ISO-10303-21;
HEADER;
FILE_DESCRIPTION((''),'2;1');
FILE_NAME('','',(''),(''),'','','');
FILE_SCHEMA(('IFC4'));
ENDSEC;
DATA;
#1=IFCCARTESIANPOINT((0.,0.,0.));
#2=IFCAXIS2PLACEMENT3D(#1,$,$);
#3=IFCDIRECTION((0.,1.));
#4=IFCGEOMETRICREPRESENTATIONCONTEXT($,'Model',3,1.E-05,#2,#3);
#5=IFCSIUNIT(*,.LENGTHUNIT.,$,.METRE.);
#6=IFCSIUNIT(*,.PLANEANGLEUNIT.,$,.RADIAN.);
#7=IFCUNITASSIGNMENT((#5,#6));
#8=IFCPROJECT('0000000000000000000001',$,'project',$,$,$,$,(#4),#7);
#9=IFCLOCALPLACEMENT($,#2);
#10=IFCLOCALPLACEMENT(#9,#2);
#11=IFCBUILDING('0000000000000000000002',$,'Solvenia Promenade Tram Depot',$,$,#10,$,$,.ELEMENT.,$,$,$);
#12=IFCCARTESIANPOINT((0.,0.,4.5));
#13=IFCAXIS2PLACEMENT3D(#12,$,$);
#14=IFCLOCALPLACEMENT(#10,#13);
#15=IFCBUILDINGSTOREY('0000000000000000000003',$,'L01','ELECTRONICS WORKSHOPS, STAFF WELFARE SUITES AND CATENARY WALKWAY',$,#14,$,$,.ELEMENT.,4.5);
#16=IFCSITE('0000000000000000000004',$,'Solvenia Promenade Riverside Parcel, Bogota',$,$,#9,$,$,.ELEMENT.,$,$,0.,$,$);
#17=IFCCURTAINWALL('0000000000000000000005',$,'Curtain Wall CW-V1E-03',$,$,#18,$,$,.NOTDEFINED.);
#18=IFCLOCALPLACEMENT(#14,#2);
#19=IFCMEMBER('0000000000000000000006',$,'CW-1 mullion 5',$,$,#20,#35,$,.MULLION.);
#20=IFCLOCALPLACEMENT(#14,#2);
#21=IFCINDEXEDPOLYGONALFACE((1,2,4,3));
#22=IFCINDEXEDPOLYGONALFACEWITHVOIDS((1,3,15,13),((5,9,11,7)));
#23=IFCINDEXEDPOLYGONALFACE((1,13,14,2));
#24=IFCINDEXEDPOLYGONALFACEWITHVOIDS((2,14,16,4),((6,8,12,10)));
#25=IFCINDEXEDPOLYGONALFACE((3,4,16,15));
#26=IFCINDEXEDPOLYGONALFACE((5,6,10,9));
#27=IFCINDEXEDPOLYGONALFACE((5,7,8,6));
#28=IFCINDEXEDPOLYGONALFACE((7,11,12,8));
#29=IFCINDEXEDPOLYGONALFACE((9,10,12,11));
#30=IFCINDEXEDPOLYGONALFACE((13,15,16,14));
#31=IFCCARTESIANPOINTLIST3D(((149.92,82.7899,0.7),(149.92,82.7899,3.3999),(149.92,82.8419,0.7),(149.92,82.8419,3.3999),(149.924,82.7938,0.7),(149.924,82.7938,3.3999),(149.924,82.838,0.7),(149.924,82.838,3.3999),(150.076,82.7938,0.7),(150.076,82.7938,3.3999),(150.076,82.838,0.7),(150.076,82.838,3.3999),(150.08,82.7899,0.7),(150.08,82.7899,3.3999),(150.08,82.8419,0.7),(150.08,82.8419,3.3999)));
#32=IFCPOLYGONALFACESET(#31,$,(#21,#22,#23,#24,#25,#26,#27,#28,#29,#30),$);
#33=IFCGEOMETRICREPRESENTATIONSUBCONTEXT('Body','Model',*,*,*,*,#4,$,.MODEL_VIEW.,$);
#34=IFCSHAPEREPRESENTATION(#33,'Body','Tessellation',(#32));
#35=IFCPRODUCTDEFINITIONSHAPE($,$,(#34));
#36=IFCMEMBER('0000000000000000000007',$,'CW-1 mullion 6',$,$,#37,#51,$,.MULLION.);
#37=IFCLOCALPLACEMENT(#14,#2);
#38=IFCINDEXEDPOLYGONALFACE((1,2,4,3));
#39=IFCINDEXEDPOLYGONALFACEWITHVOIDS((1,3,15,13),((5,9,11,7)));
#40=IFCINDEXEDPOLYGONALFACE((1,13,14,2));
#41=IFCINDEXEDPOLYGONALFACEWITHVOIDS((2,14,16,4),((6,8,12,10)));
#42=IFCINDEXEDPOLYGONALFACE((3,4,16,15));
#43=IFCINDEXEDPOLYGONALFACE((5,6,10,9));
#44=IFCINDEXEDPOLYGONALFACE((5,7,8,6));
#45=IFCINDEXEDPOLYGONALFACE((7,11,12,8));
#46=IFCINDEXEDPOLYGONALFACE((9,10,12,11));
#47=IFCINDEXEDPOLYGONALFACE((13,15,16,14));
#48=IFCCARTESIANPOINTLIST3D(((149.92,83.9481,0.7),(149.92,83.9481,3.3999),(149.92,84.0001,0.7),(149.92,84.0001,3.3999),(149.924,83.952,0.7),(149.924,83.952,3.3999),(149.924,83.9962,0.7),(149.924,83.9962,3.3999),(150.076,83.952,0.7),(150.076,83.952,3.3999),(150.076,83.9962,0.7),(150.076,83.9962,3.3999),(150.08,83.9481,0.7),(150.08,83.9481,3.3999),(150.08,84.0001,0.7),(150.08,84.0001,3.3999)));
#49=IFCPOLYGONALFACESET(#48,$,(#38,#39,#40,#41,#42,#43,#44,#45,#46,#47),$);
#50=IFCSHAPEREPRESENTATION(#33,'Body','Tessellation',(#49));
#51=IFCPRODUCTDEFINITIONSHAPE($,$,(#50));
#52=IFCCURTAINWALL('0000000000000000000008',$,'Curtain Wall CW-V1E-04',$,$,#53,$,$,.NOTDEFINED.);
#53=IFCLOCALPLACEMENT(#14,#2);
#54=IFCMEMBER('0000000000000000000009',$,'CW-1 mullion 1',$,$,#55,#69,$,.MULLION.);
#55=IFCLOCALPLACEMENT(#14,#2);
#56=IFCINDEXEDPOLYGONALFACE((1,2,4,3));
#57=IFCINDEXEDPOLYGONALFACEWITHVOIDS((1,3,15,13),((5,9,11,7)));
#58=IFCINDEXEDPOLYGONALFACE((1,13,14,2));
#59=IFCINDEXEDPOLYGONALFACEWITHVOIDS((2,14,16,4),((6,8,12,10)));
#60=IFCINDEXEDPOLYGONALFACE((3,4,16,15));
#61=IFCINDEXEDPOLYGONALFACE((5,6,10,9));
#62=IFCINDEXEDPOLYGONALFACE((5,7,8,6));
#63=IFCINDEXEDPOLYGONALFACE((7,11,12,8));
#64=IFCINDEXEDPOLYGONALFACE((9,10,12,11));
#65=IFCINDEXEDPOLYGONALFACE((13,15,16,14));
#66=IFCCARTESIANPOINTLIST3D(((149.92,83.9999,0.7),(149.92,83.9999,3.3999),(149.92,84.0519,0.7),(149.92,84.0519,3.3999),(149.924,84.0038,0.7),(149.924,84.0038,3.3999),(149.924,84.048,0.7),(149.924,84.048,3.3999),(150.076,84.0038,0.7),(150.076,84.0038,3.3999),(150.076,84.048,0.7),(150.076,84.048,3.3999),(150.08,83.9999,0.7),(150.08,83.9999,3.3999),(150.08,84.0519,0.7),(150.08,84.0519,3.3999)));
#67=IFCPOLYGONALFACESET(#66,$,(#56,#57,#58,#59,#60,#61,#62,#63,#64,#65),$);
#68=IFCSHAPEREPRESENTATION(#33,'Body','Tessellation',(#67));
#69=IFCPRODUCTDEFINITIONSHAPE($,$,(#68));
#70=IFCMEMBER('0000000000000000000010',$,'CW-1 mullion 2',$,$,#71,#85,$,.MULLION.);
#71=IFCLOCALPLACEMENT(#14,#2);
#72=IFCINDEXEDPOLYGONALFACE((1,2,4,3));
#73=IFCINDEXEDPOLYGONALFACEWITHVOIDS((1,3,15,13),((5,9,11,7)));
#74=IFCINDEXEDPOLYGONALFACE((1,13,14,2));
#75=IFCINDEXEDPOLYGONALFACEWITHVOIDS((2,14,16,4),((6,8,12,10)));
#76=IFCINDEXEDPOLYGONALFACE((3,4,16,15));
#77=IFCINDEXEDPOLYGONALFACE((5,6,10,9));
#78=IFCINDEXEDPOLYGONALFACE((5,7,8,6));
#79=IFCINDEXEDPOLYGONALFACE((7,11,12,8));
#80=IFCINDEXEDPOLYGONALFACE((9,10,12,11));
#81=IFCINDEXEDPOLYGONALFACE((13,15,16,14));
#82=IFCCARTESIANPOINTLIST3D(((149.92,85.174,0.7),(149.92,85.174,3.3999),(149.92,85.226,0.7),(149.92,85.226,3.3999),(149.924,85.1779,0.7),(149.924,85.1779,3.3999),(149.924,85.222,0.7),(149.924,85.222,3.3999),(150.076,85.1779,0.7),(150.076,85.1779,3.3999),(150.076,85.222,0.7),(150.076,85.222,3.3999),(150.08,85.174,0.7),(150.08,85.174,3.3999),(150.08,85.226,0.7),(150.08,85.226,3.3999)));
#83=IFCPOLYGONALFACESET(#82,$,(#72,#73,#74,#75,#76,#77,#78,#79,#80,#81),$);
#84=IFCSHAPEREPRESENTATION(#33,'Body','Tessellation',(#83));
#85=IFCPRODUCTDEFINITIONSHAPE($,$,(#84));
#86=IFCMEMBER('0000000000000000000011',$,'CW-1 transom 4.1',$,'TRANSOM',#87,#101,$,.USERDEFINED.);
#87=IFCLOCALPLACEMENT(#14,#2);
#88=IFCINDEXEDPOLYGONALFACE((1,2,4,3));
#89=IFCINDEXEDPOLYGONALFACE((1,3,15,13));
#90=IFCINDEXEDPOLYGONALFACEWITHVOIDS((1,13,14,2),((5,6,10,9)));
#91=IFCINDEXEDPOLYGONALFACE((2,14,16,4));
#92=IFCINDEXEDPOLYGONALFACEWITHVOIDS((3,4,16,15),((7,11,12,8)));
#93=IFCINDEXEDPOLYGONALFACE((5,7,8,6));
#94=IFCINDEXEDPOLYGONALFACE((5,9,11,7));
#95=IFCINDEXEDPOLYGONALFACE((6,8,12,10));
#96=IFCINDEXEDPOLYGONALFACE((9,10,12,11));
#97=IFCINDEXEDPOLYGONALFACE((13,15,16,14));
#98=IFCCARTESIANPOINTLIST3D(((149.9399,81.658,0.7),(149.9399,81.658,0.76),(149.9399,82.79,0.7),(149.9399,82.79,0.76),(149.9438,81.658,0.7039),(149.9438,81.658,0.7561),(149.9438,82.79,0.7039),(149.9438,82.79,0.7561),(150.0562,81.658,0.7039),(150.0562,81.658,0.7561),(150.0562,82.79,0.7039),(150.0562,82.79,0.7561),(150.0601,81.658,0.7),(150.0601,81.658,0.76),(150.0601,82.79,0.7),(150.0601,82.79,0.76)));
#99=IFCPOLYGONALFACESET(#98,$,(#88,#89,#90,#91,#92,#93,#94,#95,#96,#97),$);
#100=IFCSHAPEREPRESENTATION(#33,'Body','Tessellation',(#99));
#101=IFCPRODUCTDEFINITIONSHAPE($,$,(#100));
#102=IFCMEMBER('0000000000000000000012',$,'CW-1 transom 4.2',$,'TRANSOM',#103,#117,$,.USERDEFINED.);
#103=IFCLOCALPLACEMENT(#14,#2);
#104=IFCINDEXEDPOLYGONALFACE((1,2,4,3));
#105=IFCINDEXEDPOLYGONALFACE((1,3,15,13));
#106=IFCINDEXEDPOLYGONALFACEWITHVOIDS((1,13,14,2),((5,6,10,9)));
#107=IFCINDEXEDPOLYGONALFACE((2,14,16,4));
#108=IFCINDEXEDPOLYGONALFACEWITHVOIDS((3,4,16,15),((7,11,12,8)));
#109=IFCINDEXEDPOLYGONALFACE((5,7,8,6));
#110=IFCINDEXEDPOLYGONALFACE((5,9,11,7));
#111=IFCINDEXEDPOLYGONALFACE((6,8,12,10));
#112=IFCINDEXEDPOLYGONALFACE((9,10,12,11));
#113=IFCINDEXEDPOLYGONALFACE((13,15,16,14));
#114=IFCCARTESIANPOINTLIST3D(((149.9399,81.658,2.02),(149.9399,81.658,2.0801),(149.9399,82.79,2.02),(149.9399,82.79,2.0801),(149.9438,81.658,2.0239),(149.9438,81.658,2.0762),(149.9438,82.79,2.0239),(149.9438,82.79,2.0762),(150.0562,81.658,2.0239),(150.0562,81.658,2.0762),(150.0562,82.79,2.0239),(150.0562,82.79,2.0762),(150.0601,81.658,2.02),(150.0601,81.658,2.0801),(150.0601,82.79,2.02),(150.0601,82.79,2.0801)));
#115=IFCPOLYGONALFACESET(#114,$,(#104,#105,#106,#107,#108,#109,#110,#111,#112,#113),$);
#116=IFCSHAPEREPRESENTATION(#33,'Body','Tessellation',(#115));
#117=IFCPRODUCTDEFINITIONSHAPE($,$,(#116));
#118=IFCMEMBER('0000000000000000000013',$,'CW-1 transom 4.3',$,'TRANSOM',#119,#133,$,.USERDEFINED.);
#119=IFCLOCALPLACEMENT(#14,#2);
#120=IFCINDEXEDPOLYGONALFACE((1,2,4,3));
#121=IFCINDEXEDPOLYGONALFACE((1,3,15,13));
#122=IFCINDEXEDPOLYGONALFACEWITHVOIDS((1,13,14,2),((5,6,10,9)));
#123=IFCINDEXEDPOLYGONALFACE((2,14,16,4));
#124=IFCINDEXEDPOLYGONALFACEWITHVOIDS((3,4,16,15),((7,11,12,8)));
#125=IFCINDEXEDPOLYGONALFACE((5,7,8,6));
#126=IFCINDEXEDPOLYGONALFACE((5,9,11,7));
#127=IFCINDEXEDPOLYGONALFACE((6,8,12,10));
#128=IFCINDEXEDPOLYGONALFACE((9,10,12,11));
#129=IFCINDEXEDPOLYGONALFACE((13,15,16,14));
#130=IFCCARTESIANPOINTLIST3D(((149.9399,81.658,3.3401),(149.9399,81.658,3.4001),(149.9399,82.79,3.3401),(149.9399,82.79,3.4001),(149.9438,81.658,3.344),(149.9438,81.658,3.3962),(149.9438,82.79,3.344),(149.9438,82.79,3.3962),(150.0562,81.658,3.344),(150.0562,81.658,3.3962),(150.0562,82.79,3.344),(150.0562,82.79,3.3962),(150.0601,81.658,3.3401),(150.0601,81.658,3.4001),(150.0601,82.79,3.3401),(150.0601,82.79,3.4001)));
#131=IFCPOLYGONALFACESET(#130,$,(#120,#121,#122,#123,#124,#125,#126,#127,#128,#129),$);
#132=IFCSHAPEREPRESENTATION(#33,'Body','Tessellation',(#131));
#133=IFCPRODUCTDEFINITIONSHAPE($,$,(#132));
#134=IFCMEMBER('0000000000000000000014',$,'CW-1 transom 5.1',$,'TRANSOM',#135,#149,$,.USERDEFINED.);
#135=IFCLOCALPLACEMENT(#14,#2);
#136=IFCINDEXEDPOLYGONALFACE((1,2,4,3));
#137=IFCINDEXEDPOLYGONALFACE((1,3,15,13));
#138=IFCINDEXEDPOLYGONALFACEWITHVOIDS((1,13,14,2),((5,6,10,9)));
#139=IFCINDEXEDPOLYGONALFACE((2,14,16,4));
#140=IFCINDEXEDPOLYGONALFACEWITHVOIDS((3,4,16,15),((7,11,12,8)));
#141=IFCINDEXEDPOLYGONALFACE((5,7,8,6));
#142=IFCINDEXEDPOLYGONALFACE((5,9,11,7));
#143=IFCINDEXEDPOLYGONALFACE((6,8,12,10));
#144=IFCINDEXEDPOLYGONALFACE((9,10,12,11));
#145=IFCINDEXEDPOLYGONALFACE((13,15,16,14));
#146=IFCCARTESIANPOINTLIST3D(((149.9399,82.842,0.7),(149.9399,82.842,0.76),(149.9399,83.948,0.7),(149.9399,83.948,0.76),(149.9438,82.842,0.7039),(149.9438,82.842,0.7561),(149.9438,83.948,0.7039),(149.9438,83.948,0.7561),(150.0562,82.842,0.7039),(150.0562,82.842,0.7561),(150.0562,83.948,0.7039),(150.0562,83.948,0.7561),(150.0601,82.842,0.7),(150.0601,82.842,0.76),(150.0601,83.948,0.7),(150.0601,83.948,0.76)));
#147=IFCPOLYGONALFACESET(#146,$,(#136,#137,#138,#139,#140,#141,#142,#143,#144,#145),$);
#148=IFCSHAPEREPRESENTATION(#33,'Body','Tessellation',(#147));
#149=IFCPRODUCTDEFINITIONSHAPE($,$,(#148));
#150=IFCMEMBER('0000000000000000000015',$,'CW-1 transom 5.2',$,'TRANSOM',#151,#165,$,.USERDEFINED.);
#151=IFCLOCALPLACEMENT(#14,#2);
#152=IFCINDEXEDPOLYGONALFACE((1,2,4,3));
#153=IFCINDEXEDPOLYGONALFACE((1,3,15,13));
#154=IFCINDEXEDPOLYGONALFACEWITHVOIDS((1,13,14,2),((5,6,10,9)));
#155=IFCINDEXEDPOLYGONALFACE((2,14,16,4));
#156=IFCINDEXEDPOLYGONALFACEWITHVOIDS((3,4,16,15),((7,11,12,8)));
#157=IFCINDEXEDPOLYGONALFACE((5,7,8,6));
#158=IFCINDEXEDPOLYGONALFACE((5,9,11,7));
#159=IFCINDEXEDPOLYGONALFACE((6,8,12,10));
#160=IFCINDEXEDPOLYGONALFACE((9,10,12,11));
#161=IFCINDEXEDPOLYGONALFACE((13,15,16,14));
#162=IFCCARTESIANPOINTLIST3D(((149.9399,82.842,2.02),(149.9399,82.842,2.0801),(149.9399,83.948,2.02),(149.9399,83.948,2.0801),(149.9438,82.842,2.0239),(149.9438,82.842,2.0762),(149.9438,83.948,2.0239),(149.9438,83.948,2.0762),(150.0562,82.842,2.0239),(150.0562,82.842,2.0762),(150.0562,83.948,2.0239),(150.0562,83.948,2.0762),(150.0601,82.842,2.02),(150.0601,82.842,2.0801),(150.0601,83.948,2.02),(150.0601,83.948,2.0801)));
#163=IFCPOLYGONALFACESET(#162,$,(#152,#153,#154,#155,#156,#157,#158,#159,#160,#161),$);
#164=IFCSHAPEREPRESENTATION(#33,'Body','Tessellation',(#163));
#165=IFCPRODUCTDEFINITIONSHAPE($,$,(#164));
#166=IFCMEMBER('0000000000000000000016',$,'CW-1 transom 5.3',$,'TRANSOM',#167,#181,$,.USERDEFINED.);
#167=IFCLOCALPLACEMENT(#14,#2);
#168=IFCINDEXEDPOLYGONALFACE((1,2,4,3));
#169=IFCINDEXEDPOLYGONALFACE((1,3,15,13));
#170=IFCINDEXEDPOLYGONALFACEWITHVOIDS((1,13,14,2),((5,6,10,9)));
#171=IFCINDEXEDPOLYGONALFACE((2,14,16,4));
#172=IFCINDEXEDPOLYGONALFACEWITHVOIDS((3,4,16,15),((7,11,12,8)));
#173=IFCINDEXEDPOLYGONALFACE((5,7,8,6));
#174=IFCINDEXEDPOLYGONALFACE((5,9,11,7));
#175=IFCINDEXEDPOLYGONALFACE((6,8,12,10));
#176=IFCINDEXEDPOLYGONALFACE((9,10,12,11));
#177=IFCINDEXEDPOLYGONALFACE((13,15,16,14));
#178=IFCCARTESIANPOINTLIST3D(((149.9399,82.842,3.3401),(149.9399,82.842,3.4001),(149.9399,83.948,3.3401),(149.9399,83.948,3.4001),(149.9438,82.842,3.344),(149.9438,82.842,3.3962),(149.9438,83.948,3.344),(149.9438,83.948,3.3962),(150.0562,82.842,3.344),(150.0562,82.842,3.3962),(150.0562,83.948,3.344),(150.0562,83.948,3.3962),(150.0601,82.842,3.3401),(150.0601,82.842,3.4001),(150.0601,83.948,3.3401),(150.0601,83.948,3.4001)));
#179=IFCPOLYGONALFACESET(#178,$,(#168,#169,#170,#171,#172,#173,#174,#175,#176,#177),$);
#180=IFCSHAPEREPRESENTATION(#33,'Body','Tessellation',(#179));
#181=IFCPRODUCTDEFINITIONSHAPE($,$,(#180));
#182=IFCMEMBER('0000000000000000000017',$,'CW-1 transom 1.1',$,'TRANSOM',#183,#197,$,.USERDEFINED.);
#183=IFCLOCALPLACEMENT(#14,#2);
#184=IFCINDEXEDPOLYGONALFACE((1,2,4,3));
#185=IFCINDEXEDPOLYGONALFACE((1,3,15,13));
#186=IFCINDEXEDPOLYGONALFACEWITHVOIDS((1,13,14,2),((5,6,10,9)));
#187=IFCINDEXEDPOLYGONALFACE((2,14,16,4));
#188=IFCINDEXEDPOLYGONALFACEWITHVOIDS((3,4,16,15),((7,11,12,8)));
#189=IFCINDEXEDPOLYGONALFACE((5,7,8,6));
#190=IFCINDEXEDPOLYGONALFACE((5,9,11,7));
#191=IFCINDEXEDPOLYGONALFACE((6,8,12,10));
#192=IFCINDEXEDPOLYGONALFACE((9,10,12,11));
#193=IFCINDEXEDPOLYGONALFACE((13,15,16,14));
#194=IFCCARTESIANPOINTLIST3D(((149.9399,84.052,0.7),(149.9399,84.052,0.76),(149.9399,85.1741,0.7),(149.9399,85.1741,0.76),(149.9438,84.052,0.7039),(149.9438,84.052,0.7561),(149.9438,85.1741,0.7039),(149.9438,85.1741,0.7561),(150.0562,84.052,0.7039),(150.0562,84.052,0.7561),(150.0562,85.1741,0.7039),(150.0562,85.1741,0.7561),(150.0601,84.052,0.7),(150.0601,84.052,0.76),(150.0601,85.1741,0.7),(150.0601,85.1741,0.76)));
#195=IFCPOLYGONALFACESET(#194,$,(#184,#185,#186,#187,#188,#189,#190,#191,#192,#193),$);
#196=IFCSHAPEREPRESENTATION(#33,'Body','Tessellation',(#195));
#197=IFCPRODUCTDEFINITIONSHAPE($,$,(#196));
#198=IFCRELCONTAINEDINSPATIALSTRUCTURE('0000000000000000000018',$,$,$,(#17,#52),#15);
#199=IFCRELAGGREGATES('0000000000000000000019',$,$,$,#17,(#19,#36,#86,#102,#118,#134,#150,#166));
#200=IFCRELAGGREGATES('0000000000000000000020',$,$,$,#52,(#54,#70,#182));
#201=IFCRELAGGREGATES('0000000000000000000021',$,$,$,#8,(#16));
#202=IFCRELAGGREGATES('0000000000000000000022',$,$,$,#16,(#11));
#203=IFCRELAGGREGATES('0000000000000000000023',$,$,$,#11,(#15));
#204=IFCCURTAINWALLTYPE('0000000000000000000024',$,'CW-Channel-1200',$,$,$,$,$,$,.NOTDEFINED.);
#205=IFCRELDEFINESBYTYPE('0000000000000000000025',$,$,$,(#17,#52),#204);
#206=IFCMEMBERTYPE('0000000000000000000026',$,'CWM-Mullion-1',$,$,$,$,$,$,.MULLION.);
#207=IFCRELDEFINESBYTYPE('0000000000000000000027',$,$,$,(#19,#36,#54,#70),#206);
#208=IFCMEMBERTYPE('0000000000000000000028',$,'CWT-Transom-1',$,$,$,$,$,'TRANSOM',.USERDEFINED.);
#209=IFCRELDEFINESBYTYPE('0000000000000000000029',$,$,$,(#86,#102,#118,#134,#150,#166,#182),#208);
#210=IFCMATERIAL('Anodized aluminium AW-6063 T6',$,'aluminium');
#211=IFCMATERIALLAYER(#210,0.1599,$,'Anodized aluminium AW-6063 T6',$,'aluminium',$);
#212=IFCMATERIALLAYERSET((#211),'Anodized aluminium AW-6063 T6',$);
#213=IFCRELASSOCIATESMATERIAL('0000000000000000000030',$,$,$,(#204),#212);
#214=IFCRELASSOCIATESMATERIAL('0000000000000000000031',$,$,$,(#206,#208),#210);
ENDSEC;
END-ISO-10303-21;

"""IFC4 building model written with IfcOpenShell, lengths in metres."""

from ifc_helpers import new_model, si_unit, direction, frame, origin, origin_2d, place, context, subcontext, project, spatial, hollow_rectangle, extrude, material, layer, layer_set, material_profile, profile_set, type_object, element, aggregate, save


model = new_model("IFC4")

# Units and contexts
model_context = context("Model", 3, precision=1e-05, world=origin(), true_north=direction((0.0, 1.0)))
body_context = subcontext(model_context, "Body", "Model", "MODEL_VIEW")
ifc_project = project(units=[si_unit("LENGTHUNIT", "METRE"), si_unit("PLANEANGLEUNIT", "RADIAN")], contexts=[model_context])

# Site, building, storey
site_placement = place(None, origin())
site = spatial("IfcSite", under=ifc_project, at=site_placement, Name="Solvenia Promenade Riverside Parcel, Bogota", CompositionType="ELEMENT", RefElevation=0.0)
building_placement = place(site_placement, origin())
building = spatial("IfcBuilding", under=site, at=building_placement, Name="Solvenia Promenade Tram Depot", CompositionType="ELEMENT")
storey_placement = place(building_placement, frame((0.0, 0.0, 4.5)))
storey = spatial("IfcBuildingStorey", under=building, at=storey_placement, Name="L01", Description="ELECTRONICS WORKSHOPS, STAFF WELFARE SUITES AND CATENARY WALKWAY", CompositionType="ELEMENT", Elevation=4.5)

# Curtain walls, members
ifc_material_1 = material(Name="Anodized aluminium AW-6063 T6", Category="aluminium")
ifc_layer_1 = layer(ifc_material_1, 0.1599, Name="Anodized aluminium AW-6063 T6", Category="aluminium")
ifc_layer_set_1 = layer_set([ifc_layer_1], Name="Anodized aluminium AW-6063 T6")
curtain_wall_type = type_object("IfcCurtainWallType", Name="CW-Channel-1200", PredefinedType="NOTDEFINED", material=ifc_layer_set_1)
curtain_wall_1_placement = place(storey_placement, origin())
curtain_wall_1 = element("IfcCurtainWall", 1, at=curtain_wall_1_placement, inside=storey, type_object=curtain_wall_type, Name="Curtain Wall CW-V1E-03", PredefinedType="NOTDEFINED")
ifc_material_profile_1 = material_profile(ifc_material_1, hollow_rectangle(XDim=0.1599, YDim=0.052, WallThickness=0.0039, at=origin_2d()), Name="ALU-M1", Category="aluminium")
ifc_profile_set_1 = profile_set([ifc_material_profile_1], Name="Anodized aluminium AW-6063 T6")
member_type_1 = type_object("IfcMemberType", Name="CWM-Mullion-1", PredefinedType="MULLION", material=ifc_profile_set_1)
member_1_placement = place(storey_placement, frame((150.0, 82.8159, 0.7), z_axis=(0.0, 0.0, 1.0), x_axis=(-1.0, 0.0, 0.0)))
member_1 = element("IfcMember", 2, at=member_1_placement, type_object=member_type_1, Name="CW-1 mullion 5", PredefinedType="MULLION", context=body_context, shape_type="SweptSolid", body=[
    extrude(hollow_rectangle(XDim=0.1599, YDim=0.052, WallThickness=0.0039, at=origin_2d()), origin(), (0.0, 0.0, 1.0), 2.7),
])
member_2_placement = place(storey_placement, frame((150.0, 83.9741, 0.7), z_axis=(0.0, 0.0, 1.0), x_axis=(-1.0, 0.0, 0.0)))
member_2 = element("IfcMember", 3, at=member_2_placement, type_object=member_type_1, Name="CW-1 mullion 6", PredefinedType="MULLION", context=body_context, shape_type="SweptSolid", body=[
    extrude(hollow_rectangle(XDim=0.1599, YDim=0.052, WallThickness=0.0039, at=origin_2d()), origin(), (0.0, 0.0, 1.0), 2.7),
])
curtain_wall_2_placement = place(storey_placement, origin())
curtain_wall_2 = element("IfcCurtainWall", 4, at=curtain_wall_2_placement, inside=storey, type_object=curtain_wall_type, Name="Curtain Wall CW-V1E-04", PredefinedType="NOTDEFINED")
member_3_placement = place(storey_placement, frame((150.0, 84.0259, 0.7), z_axis=(0.0, 0.0, 1.0), x_axis=(-1.0, 0.0, 0.0)))
member_3 = element("IfcMember", 5, at=member_3_placement, type_object=member_type_1, Name="CW-1 mullion 1", PredefinedType="MULLION", context=body_context, shape_type="SweptSolid", body=[
    extrude(hollow_rectangle(XDim=0.1599, YDim=0.052, WallThickness=0.0039, at=origin_2d()), origin(), (0.0, 0.0, 1.0), 2.7),
])
member_4_placement = place(storey_placement, frame((150.0, 85.2, 0.7), z_axis=(0.0, 0.0, 1.0), x_axis=(-1.0, 0.0, 0.0)))
member_4 = element("IfcMember", 6, at=member_4_placement, type_object=member_type_1, Name="CW-1 mullion 2", PredefinedType="MULLION", context=body_context, shape_type="SweptSolid", body=[
    extrude(hollow_rectangle(XDim=0.1599, YDim=0.052, WallThickness=0.0039, at=origin_2d()), origin(), (0.0, 0.0, 1.0), 2.7),
])

# Members
ifc_material_profile_2 = material_profile(ifc_material_1, hollow_rectangle(XDim=0.1201, YDim=0.0601, WallThickness=0.0039, at=origin_2d()), Name="ALU-T1", Category="aluminium")
ifc_profile_set_2 = profile_set([ifc_material_profile_2], Name="Anodized aluminium AW-6063 T6")
member_type_2 = type_object("IfcMemberType", Name="CWT-Transom-1", ElementType="TRANSOM", PredefinedType="USERDEFINED", material=ifc_profile_set_2)
member_5_placement = place(storey_placement, frame((150.0, 81.658, 0.73), z_axis=(0.0, 1.0, 0.0), x_axis=(-1.0, 0.0, 0.0)))
member_5 = element("IfcMember", 7, at=member_5_placement, type_object=member_type_2, Name="CW-1 transom 4.1", ObjectType="TRANSOM", PredefinedType="USERDEFINED", context=body_context, shape_type="SweptSolid", body=[
    extrude(hollow_rectangle(XDim=0.1201, YDim=0.0601, WallThickness=0.0039, at=origin_2d()), origin(), (0.0, 0.0, 1.0), 1.1321),
])
member_6_placement = place(storey_placement, frame((150.0, 81.658, 2.05), z_axis=(0.0, 1.0, 0.0), x_axis=(-1.0, 0.0, 0.0)))
member_6 = element("IfcMember", 8, at=member_6_placement, type_object=member_type_2, Name="CW-1 transom 4.2", ObjectType="TRANSOM", PredefinedType="USERDEFINED", context=body_context, shape_type="SweptSolid", body=[
    extrude(hollow_rectangle(XDim=0.1201, YDim=0.0601, WallThickness=0.0039, at=origin_2d()), origin(), (0.0, 0.0, 1.0), 1.1321),
])
member_7_placement = place(storey_placement, frame((150.0, 81.658, 3.3701), z_axis=(0.0, 1.0, 0.0), x_axis=(-1.0, 0.0, 0.0)))
member_7 = element("IfcMember", 9, at=member_7_placement, type_object=member_type_2, Name="CW-1 transom 4.3", ObjectType="TRANSOM", PredefinedType="USERDEFINED", context=body_context, shape_type="SweptSolid", body=[
    extrude(hollow_rectangle(XDim=0.1201, YDim=0.0601, WallThickness=0.0039, at=origin_2d()), origin(), (0.0, 0.0, 1.0), 1.1321),
])
member_8_placement = place(storey_placement, frame((150.0, 82.842, 0.73), z_axis=(0.0, 1.0, 0.0), x_axis=(-1.0, 0.0, 0.0)))
member_8 = element("IfcMember", 10, at=member_8_placement, type_object=member_type_2, Name="CW-1 transom 5.1", ObjectType="TRANSOM", PredefinedType="USERDEFINED", context=body_context, shape_type="SweptSolid", body=[
    extrude(hollow_rectangle(XDim=0.1201, YDim=0.0601, WallThickness=0.0039, at=origin_2d()), origin(), (0.0, 0.0, 1.0), 1.106),
])
member_9_placement = place(storey_placement, frame((150.0, 82.842, 2.05), z_axis=(0.0, 1.0, 0.0), x_axis=(-1.0, 0.0, 0.0)))
member_9 = element("IfcMember", 11, at=member_9_placement, type_object=member_type_2, Name="CW-1 transom 5.2", ObjectType="TRANSOM", PredefinedType="USERDEFINED", context=body_context, shape_type="SweptSolid", body=[
    extrude(hollow_rectangle(XDim=0.1201, YDim=0.0601, WallThickness=0.0039, at=origin_2d()), origin(), (0.0, 0.0, 1.0), 1.106),
])
member_10_placement = place(storey_placement, frame((150.0, 82.842, 3.3701), z_axis=(0.0, 1.0, 0.0), x_axis=(-1.0, 0.0, 0.0)))
member_10 = element("IfcMember", 12, at=member_10_placement, type_object=member_type_2, Name="CW-1 transom 5.3", ObjectType="TRANSOM", PredefinedType="USERDEFINED", context=body_context, shape_type="SweptSolid", body=[
    extrude(hollow_rectangle(XDim=0.1201, YDim=0.0601, WallThickness=0.0039, at=origin_2d()), origin(), (0.0, 0.0, 1.0), 1.106),
])
member_11_placement = place(storey_placement, frame((150.0, 84.052, 0.73), z_axis=(0.0, 1.0, 0.0), x_axis=(-1.0, 0.0, 0.0)))
member_11 = element("IfcMember", 13, at=member_11_placement, type_object=member_type_2, Name="CW-1 transom 1.1", ObjectType="TRANSOM", PredefinedType="USERDEFINED", context=body_context, shape_type="SweptSolid", body=[
    extrude(hollow_rectangle(XDim=0.1201, YDim=0.0601, WallThickness=0.0039, at=origin_2d()), origin(), (0.0, 0.0, 1.0), 1.1221),
])

aggregate(curtain_wall_1, [member_1, member_2, member_5, member_6, member_7, member_8, member_9, member_10])
aggregate(curtain_wall_2, [member_3, member_4, member_11])

save(model, "model.ifc")
